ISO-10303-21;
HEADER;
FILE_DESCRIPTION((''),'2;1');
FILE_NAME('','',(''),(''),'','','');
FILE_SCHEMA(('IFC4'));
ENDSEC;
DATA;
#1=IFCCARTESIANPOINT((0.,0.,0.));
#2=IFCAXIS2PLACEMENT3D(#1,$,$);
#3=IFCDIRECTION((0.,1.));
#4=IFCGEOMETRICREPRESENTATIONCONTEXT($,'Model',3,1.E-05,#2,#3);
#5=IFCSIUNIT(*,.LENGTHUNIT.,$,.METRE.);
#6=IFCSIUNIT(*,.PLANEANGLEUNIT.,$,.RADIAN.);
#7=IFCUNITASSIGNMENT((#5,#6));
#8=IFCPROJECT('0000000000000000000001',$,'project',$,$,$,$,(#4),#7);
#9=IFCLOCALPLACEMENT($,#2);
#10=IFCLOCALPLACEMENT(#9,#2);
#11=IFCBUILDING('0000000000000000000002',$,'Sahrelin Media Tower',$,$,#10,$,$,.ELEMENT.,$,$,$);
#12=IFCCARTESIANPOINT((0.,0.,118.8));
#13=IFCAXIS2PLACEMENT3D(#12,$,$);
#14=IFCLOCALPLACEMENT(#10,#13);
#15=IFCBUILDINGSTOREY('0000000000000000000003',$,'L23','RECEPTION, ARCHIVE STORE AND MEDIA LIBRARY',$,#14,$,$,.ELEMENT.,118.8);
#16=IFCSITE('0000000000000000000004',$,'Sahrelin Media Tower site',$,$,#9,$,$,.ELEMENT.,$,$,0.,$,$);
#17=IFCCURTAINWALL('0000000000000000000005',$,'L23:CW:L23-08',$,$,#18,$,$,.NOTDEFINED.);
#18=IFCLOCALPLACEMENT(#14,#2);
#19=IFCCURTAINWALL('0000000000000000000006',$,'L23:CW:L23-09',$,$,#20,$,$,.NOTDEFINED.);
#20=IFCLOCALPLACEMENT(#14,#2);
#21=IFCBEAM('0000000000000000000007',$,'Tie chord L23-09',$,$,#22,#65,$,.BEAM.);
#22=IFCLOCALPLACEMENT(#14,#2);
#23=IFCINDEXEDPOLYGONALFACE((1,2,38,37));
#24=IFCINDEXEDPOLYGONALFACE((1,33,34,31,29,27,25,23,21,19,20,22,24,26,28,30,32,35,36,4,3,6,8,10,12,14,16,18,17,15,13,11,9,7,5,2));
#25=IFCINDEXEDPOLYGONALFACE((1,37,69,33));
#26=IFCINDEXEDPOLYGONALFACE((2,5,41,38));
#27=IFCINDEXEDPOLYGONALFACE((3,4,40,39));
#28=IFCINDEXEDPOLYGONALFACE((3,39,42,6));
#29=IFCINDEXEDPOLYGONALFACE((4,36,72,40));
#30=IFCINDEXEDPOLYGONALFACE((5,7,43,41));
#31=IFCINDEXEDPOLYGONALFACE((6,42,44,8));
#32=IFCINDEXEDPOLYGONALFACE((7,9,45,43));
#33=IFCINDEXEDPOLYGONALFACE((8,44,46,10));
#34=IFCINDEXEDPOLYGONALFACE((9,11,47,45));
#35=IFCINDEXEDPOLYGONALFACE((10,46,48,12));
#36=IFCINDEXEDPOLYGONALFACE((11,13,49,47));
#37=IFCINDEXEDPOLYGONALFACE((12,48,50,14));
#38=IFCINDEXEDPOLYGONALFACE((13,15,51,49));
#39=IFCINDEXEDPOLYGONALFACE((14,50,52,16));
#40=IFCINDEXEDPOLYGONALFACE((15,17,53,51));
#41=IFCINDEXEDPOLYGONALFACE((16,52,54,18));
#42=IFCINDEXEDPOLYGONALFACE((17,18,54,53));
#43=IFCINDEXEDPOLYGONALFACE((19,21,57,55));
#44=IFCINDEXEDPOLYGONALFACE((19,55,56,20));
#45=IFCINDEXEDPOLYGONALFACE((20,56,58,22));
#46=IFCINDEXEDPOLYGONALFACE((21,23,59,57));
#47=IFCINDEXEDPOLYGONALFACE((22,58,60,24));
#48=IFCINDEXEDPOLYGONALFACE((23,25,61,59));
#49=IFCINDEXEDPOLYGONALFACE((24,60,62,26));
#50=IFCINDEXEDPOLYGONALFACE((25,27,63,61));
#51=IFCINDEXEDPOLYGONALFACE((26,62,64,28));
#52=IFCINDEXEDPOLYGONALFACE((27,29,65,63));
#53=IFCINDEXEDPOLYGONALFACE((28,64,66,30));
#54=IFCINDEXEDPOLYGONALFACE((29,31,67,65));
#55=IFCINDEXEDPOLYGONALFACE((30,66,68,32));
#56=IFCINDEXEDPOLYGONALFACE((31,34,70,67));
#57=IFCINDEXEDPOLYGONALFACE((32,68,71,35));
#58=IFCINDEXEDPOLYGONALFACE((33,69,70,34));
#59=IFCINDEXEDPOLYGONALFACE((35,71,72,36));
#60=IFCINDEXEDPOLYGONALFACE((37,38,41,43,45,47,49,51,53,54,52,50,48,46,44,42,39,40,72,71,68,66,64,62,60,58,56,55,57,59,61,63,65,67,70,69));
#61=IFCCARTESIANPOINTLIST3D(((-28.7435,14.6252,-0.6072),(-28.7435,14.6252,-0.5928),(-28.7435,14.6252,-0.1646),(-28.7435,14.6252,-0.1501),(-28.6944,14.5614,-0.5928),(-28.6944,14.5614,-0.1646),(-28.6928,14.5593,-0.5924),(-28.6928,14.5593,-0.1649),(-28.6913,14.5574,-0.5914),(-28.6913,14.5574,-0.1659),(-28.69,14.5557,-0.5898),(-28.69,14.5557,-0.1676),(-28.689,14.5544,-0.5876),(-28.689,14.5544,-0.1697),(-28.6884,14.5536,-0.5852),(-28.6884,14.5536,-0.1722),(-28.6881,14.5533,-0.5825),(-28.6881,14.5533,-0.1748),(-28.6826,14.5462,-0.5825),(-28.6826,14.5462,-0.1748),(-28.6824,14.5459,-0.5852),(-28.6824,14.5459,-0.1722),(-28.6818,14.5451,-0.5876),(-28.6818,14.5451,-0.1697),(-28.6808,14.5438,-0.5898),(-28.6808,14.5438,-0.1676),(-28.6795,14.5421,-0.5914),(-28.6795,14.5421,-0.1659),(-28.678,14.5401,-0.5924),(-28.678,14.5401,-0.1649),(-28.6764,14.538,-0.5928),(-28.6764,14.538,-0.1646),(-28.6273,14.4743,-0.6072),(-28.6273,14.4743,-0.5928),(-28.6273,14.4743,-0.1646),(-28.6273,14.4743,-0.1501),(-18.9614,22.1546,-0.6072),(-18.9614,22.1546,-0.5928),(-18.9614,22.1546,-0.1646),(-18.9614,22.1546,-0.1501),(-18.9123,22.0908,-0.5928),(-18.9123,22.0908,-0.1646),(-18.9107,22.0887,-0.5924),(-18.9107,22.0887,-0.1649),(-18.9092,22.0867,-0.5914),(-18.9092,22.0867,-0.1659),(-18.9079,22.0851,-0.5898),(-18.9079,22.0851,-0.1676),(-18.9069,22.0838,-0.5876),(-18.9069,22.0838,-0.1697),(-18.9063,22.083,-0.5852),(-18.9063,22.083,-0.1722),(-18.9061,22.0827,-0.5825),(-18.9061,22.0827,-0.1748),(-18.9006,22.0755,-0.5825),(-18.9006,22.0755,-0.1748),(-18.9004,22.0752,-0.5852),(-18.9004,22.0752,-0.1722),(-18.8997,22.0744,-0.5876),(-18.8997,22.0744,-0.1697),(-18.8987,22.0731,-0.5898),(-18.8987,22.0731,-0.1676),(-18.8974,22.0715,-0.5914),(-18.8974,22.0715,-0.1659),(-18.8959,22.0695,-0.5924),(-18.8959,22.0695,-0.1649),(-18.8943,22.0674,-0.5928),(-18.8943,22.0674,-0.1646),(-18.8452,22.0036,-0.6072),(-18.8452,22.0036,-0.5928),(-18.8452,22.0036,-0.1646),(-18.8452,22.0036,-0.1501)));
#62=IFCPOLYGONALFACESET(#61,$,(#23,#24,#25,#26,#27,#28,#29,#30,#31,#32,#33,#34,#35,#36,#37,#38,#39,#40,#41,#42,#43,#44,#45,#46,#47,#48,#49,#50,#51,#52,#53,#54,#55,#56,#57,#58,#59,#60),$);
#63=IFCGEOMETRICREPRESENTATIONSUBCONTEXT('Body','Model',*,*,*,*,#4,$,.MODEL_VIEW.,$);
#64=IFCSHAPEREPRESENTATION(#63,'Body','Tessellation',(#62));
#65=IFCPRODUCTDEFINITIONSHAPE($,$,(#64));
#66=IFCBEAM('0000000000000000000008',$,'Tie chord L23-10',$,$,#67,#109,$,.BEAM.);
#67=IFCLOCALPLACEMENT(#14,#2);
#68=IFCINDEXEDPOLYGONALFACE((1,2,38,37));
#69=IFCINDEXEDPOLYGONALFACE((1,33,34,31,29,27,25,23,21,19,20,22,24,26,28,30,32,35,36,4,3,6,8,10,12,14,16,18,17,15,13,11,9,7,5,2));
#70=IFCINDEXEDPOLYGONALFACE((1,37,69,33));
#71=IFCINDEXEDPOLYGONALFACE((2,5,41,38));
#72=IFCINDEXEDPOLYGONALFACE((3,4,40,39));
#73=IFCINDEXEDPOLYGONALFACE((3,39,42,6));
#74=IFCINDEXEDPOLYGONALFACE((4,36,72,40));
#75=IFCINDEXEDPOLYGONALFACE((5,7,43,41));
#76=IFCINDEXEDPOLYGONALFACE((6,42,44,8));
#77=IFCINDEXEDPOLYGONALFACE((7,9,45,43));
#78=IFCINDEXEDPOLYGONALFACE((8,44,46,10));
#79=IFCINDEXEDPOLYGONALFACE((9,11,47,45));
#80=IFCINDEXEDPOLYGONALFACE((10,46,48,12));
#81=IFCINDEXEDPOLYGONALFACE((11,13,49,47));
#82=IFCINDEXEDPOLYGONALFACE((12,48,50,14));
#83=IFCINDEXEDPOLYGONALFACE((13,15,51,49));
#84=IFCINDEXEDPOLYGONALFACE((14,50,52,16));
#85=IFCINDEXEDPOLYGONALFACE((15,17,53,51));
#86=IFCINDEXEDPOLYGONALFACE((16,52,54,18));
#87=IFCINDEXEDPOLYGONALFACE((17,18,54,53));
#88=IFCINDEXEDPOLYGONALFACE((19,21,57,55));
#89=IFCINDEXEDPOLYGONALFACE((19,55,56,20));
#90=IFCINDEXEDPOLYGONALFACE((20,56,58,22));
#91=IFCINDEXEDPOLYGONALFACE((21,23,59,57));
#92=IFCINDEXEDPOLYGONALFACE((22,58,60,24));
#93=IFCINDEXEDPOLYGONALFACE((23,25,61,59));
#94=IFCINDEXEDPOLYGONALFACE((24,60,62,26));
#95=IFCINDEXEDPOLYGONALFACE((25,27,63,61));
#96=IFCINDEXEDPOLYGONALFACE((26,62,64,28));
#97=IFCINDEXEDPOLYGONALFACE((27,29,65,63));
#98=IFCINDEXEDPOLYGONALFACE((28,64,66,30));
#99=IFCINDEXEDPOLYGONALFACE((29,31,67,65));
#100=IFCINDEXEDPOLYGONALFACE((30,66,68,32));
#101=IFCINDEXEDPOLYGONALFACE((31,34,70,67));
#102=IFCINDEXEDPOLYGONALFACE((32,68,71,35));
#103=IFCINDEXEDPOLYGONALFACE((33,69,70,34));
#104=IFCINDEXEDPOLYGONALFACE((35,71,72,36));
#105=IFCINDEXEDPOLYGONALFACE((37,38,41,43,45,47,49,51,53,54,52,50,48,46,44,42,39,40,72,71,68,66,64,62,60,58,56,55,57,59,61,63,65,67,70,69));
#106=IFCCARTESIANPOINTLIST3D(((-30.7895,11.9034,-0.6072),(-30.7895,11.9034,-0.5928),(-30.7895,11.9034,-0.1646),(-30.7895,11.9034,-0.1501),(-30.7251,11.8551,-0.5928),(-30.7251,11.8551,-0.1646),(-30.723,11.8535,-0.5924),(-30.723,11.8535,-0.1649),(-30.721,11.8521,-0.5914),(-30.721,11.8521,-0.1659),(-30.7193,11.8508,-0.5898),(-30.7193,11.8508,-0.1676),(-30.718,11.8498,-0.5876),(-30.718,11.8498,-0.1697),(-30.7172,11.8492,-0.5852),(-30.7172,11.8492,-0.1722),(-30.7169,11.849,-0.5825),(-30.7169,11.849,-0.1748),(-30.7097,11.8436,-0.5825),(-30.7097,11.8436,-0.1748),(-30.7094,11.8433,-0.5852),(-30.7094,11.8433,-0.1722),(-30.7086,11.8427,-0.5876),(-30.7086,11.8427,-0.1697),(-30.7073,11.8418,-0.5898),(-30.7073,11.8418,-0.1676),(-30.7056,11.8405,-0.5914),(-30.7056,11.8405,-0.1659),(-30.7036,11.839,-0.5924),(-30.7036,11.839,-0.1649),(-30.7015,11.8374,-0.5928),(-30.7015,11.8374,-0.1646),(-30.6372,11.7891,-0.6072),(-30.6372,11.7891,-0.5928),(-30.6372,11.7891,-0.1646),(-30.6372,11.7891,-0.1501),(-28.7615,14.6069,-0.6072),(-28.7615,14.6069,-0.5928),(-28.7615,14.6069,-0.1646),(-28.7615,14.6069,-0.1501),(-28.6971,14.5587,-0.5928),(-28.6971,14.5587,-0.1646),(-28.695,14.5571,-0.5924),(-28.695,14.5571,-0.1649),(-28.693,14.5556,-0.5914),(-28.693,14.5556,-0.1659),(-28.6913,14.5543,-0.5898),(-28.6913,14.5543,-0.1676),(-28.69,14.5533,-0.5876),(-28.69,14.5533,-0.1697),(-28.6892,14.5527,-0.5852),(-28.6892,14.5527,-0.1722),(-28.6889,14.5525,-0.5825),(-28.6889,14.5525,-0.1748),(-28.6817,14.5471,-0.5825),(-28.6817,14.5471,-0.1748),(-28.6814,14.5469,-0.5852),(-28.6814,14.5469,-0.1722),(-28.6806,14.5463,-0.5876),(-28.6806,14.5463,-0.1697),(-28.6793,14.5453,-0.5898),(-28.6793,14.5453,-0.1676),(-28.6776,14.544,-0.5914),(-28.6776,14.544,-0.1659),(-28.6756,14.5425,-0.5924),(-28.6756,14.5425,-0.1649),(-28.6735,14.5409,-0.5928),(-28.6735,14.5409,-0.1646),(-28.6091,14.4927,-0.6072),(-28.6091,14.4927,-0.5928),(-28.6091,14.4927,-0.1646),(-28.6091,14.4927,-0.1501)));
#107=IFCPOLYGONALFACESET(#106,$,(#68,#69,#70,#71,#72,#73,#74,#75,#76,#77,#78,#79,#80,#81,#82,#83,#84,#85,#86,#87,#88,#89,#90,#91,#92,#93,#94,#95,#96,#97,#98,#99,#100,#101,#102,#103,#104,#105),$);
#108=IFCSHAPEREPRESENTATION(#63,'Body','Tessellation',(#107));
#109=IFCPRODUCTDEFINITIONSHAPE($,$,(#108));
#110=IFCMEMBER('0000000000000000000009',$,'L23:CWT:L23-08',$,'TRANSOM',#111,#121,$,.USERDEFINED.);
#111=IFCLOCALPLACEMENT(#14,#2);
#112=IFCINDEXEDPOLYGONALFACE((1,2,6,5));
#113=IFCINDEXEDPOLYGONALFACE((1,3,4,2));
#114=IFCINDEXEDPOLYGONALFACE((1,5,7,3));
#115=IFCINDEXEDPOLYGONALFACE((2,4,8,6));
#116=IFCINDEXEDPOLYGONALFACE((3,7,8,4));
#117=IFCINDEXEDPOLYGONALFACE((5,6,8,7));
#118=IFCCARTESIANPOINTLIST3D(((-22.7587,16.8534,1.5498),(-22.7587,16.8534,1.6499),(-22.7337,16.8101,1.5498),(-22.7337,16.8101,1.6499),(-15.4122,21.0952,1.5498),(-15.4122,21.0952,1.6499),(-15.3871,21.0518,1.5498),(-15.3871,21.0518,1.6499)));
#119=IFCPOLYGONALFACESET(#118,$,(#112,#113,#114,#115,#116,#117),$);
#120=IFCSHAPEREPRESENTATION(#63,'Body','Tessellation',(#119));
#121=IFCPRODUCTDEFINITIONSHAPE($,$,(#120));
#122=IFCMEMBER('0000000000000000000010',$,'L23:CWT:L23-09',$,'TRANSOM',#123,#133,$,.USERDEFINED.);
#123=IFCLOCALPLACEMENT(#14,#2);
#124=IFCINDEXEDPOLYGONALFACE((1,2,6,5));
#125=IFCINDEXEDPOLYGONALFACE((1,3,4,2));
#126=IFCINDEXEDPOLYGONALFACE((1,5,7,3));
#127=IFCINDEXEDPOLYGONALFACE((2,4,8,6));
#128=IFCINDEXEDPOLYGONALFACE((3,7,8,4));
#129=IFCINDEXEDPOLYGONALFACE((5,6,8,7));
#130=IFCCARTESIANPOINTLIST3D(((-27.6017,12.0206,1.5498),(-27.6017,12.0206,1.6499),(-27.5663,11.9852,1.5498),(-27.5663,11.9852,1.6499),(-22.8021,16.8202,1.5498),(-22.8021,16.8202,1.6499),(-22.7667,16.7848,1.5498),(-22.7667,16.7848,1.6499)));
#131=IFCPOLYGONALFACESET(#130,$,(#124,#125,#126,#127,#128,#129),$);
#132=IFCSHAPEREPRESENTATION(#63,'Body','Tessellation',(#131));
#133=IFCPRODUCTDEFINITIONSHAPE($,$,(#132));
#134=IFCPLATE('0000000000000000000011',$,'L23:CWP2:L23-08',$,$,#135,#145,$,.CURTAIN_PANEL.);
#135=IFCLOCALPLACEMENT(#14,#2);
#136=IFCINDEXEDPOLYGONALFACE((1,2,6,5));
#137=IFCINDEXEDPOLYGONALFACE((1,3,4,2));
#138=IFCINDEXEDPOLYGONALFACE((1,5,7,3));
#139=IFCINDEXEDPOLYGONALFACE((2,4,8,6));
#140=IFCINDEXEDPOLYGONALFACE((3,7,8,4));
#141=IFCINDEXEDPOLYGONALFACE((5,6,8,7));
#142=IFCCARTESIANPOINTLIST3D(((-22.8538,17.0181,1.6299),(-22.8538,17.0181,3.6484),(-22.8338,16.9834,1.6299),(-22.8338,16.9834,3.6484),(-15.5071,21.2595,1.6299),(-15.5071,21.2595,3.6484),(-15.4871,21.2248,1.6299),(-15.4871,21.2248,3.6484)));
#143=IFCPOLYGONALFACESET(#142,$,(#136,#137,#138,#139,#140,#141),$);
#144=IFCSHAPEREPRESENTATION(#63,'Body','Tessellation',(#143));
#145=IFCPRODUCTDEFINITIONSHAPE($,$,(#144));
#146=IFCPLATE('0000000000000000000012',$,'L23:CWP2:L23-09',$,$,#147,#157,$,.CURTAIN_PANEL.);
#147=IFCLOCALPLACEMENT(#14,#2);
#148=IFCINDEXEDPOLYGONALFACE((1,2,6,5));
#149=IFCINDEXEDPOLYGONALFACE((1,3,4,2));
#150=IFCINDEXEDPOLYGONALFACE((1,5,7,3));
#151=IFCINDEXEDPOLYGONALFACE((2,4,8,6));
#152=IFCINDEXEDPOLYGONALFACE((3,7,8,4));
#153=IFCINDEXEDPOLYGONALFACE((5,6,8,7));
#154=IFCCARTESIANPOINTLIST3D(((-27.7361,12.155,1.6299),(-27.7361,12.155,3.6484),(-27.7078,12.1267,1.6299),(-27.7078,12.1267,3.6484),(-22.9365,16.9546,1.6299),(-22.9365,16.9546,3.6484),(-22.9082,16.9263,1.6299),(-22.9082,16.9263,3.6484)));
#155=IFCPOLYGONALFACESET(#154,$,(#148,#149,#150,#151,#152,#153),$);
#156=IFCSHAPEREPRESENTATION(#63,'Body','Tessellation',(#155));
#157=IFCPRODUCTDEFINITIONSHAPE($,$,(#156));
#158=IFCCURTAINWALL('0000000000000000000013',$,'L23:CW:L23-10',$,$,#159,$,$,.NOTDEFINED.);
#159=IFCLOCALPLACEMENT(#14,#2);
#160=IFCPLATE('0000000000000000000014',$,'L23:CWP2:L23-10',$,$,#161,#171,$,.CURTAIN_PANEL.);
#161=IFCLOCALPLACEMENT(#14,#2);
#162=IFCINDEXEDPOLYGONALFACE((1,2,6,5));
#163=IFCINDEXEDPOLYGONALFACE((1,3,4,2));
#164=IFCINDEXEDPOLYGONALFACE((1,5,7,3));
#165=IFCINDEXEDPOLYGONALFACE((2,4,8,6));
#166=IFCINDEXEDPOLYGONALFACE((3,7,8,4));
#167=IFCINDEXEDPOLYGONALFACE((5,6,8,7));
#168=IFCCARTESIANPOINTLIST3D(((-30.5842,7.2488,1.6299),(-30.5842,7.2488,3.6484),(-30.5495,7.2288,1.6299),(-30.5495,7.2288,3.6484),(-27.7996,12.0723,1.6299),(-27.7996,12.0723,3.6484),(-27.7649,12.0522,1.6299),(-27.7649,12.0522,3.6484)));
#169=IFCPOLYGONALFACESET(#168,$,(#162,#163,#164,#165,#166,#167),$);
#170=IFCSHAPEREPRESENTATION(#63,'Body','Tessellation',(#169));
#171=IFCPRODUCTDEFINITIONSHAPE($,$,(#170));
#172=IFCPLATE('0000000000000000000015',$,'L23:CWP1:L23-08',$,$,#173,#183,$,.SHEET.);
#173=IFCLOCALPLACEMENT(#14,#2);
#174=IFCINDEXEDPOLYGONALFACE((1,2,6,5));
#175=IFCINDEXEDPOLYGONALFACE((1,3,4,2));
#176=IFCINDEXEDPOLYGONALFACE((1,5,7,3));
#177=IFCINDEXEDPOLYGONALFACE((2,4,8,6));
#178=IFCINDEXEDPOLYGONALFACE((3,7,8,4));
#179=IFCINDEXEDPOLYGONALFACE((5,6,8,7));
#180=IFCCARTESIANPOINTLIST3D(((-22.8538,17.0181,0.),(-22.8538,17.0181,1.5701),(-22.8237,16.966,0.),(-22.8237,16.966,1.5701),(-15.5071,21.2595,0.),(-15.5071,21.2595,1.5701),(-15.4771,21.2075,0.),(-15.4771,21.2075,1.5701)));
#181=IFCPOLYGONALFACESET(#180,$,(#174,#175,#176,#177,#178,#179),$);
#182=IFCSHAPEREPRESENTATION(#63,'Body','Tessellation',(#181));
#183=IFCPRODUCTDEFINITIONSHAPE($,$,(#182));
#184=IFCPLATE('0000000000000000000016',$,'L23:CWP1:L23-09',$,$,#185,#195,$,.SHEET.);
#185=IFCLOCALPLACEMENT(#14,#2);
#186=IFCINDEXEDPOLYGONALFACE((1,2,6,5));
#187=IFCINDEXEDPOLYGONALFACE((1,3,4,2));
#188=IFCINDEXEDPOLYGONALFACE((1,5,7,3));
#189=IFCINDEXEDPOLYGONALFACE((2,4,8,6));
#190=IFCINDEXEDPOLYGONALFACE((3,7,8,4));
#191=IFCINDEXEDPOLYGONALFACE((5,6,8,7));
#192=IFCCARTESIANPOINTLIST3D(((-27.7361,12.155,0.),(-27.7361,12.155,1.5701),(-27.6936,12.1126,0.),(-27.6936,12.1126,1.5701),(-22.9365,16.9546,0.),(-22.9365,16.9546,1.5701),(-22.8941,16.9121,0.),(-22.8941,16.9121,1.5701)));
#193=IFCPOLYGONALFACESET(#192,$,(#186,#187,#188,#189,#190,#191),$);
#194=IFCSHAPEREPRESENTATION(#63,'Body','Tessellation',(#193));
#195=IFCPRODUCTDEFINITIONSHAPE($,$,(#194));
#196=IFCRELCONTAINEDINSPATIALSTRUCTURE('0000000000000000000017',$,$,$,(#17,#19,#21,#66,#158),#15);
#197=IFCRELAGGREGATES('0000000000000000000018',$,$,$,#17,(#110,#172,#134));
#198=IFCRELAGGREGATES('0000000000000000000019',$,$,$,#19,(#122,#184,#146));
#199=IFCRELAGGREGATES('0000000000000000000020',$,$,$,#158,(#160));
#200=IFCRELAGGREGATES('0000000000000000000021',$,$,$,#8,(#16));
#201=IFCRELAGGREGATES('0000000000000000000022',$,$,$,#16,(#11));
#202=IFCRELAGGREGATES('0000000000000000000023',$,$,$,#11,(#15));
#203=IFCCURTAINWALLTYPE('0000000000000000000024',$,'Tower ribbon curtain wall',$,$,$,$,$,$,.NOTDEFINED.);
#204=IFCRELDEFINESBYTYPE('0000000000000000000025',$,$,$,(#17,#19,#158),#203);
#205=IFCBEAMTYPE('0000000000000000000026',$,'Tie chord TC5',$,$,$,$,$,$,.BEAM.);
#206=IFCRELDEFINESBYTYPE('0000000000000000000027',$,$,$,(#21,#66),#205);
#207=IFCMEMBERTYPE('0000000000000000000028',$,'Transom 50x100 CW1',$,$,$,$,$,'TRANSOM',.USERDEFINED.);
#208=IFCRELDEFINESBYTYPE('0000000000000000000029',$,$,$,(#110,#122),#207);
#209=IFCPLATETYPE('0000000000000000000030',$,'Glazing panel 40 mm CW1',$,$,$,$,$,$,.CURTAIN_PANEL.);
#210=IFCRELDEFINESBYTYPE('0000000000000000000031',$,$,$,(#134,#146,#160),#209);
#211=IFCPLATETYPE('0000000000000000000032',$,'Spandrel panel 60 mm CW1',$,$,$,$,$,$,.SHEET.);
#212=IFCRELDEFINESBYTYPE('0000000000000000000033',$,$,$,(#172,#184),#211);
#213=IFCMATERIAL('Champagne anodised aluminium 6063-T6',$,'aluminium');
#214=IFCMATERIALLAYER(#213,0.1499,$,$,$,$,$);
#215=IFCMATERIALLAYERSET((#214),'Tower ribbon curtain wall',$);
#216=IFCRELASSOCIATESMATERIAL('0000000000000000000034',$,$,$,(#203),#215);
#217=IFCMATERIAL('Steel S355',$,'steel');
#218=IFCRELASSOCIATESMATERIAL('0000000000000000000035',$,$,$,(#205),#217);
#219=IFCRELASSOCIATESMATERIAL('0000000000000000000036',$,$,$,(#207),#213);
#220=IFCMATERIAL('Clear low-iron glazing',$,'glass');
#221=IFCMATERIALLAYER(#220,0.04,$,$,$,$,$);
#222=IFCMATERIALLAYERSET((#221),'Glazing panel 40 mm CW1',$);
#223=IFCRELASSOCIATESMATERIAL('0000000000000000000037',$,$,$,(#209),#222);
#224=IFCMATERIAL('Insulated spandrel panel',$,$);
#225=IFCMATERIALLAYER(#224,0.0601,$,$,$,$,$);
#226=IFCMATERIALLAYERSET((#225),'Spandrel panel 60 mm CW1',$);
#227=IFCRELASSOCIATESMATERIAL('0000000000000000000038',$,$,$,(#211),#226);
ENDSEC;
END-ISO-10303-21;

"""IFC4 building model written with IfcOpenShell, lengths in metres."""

from ifc_helpers import new_model, si_unit, direction, frame, origin, origin_2d, place, context, subcontext, project, spatial, polyline, rectangle, i_section, outline, extrude, material, layer, layer_set, material_profile, profile_set, type_object, element, aggregate, save


model = new_model("IFC4")

# Units and contexts
model_context = context("Model", 3, precision=1e-05, world=origin(), true_north=direction((0.0, 1.0)))
body_context = subcontext(model_context, "Body", "Model", "MODEL_VIEW")
ifc_project = project(units=[si_unit("LENGTHUNIT", "METRE"), si_unit("PLANEANGLEUNIT", "RADIAN")], contexts=[model_context])

# Site, building, storey
site_placement = place(None, origin())
site = spatial("IfcSite", under=ifc_project, at=site_placement, Name="Sahrelin Media Tower site", CompositionType="ELEMENT", RefElevation=0.0)
building_placement = place(site_placement, origin())
building = spatial("IfcBuilding", under=site, at=building_placement, Name="Sahrelin Media Tower", CompositionType="ELEMENT")
storey_placement = place(building_placement, frame((0.0, 0.0, 118.8)))
storey = spatial("IfcBuildingStorey", under=building, at=storey_placement, Name="L23", Description="RECEPTION, ARCHIVE STORE AND MEDIA LIBRARY", CompositionType="ELEMENT", Elevation=118.8)

# Shared definitions
ifc_material_1 = material(Name="Steel S355", Category="steel")

# Curtain walls
ifc_material_2 = material(Name="Champagne anodised aluminium 6063-T6", Category="aluminium")
ifc_layer_1 = layer(ifc_material_2, 0.1499)
ifc_layer_set_1 = layer_set([ifc_layer_1], Name="Tower ribbon curtain wall")
curtain_wall_type = type_object("IfcCurtainWallType", Name="Tower ribbon curtain wall", PredefinedType="NOTDEFINED", material=ifc_layer_set_1)
curtain_wall_1_placement = place(storey_placement, frame((-19.1704, 19.1216, 0.0), z_axis=(0.0, 0.0, 1.0), x_axis=(1.0, 0.0, 0.0)))
curtain_wall_1 = element("IfcCurtainWall", 1, at=curtain_wall_1_placement, inside=storey, type_object=curtain_wall_type, Name="L23:CW:L23-08", PredefinedType="NOTDEFINED")
curtain_wall_2_placement = place(storey_placement, frame((-25.322, 14.5405, 0.0), z_axis=(0.0, 0.0, 1.0), x_axis=(1.0, 0.0, 0.0)))
curtain_wall_2 = element("IfcCurtainWall", 2, at=curtain_wall_2_placement, inside=storey, type_object=curtain_wall_type, Name="L23:CW:L23-09", PredefinedType="NOTDEFINED")

# Beams
ifc_material_profile_1 = material_profile(ifc_material_1, i_section(OverallWidth=0.1904, OverallDepth=0.457, WebThickness=0.009, FlangeThickness=0.0144, FilletRadius=0.0103, at=origin_2d()), Name="UB 457x191x74")
ifc_profile_set_1 = profile_set([ifc_material_profile_1], Name="Steel S355")
beam_type_1 = type_object("IfcBeamType", Name="Tie chord TC5", PredefinedType="BEAM", material=ifc_profile_set_1)
beam_1_placement = place(storey_placement, frame((-18.9033, 22.0791, -0.3787), z_axis=(-0.79244, -0.60995, 0.0), x_axis=(0.60995, -0.79244, 0.0)))
element("IfcBeam", 3, at=beam_1_placement, inside=storey, type_object=beam_type_1, Name="Tie chord L23-09", PredefinedType="BEAM", context=body_context, shape_type="SweptSolid", body=[
    extrude(i_section(OverallWidth=0.1904, OverallDepth=0.457, WebThickness=0.009, FlangeThickness=0.0144, FilletRadius=0.0103, at=origin_2d()), origin(), (0.0, 0.0, 1.0), 12.3442),
])
beam_2_placement = place(storey_placement, frame((-28.6853, 14.5498, -0.3787), z_axis=(-0.600069, -0.799948, 0.0), x_axis=(0.799948, -0.600069, 0.0)))
element("IfcBeam", 4, at=beam_2_placement, inside=storey, type_object=beam_type_1, Name="Tie chord L23-10", PredefinedType="BEAM", context=body_context, shape_type="SweptSolid", body=[
    extrude(i_section(OverallWidth=0.1904, OverallDepth=0.457, WebThickness=0.009, FlangeThickness=0.0144, FilletRadius=0.0103, at=origin_2d()), origin(), (0.0, 0.0, 1.0), 3.3796),
])

# Members
ifc_material_profile_2 = material_profile(ifc_material_2, rectangle(XDim=0.05, YDim=0.1001, at=origin_2d()), Name="Transom 50x100")
ifc_profile_set_2 = profile_set([ifc_material_profile_2], Name="Champagne anodised aluminium 6063-T6")
member_type_1 = type_object("IfcMemberType", Name="Transom 50x100 CW1", ElementType="TRANSOM", PredefinedType="USERDEFINED", material=ifc_profile_set_2)
member_1_placement = place(storey_placement, frame((-15.3997, 21.0735, 1.5999), z_axis=(-0.866014, -0.500021, 0.0), x_axis=(0.500021, -0.866014, 0.0)))
member_1 = element("IfcMember", 5, at=member_1_placement, type_object=member_type_1, Name="L23:CWT:L23-08", ObjectType="TRANSOM", PredefinedType="USERDEFINED", context=body_context, shape_type="SweptSolid", body=[
    extrude(rectangle(XDim=0.05, YDim=0.1001, at=origin_2d()), origin(), (0.0, 0.0, 1.0), 8.4832),
])
member_2_placement = place(storey_placement, frame((-22.7844, 16.8025, 1.5999), z_axis=(-0.707107, -0.707107, 0.0), x_axis=(0.707107, -0.707107, 0.0)))
member_2 = element("IfcMember", 6, at=member_2_placement, type_object=member_type_1, Name="L23:CWT:L23-09", ObjectType="TRANSOM", PredefinedType="USERDEFINED", context=body_context, shape_type="SweptSolid", body=[
    extrude(rectangle(XDim=0.05, YDim=0.1001, at=origin_2d()), origin(), (0.0, 0.0, 1.0), 6.7876),
])

# Plates
ifc_material_3 = material(Name="Clear low-iron glazing", Category="glass")
ifc_layer_2 = layer(ifc_material_3, 0.04)
ifc_layer_set_2 = layer_set([ifc_layer_2], Name="Glazing panel 40 mm CW1")
plate_type_1 = type_object("IfcPlateType", Name="Glazing panel 40 mm CW1", PredefinedType="CURTAIN_PANEL", material=ifc_layer_set_2)
plate_1_placement = place(storey_placement, frame((-15.5071, 21.2595, 1.6299), z_axis=(-0.499987, 0.866033, 0.0), x_axis=(-0.866033, -0.499987, 0.0)))
plate_1 = element("IfcPlate", 7, at=plate_1_placement, type_object=plate_type_1, Name="L23:CWP2:L23-08", PredefinedType="CURTAIN_PANEL", context=body_context, shape_type="SweptSolid", body=[
    extrude(outline(polyline([(0.0, 0.0), (8.4832, 0.0), (8.4832, 2.0186), (0.0, 2.0186), (0.0, 0.0)])), origin(), (0.0, 0.0, -1.0), 0.04),
])
plate_2_placement = place(storey_placement, frame((-22.9365, 16.9546, 1.6299), z_axis=(-0.707107, 0.707107, 0.0), x_axis=(-0.707107, -0.707107, 0.0)))
plate_2 = element("IfcPlate", 8, at=plate_2_placement, type_object=plate_type_1, Name="L23:CWP2:L23-09", PredefinedType="CURTAIN_PANEL", context=body_context, shape_type="SweptSolid", body=[
    extrude(outline(polyline([(0.0, 0.0), (6.7876, 0.0), (6.7876, 2.0186), (0.0, 2.0186), (0.0, 0.0)])), origin(), (0.0, 0.0, -1.0), 0.04),
])

# Curtain wall, plate
curtain_wall_3_placement = place(storey_placement, frame((-29.1746, 9.6504, 0.0), z_axis=(0.0, 0.0, 1.0), x_axis=(1.0, 0.0, 0.0)))
curtain_wall_3 = element("IfcCurtainWall", 9, at=curtain_wall_3_placement, inside=storey, type_object=curtain_wall_type, Name="L23:CW:L23-10", PredefinedType="NOTDEFINED")
plate_3_placement = place(storey_placement, frame((-27.7996, 12.0723, 1.6299), z_axis=(-0.866039, 0.499977, 0.0), x_axis=(-0.499977, -0.866039, 0.0)))
plate_3 = element("IfcPlate", 10, at=plate_3_placement, type_object=plate_type_1, Name="L23:CWP2:L23-10", PredefinedType="CURTAIN_PANEL", context=body_context, shape_type="SweptSolid", body=[
    extrude(outline(polyline([(0.0, 0.0), (5.5696, 0.0), (5.5696, 2.0186), (0.0, 2.0186), (0.0, 0.0)])), origin(), (0.0, 0.0, -1.0), 0.04),
])

# Plates
ifc_material_4 = material(Name="Insulated spandrel panel")
ifc_layer_3 = layer(ifc_material_4, 0.0601)
ifc_layer_set_3 = layer_set([ifc_layer_3], Name="Spandrel panel 60 mm CW1")
plate_type_2 = type_object("IfcPlateType", Name="Spandrel panel 60 mm CW1", PredefinedType="SHEET", material=ifc_layer_set_3)
plate_4_placement = place(storey_placement, frame((-15.5071, 21.2595, 0.0), z_axis=(-0.499987, 0.866033, 0.0), x_axis=(-0.866033, -0.499987, 0.0)))
plate_4 = element("IfcPlate", 11, at=plate_4_placement, type_object=plate_type_2, Name="L23:CWP1:L23-08", PredefinedType="SHEET", context=body_context, shape_type="SweptSolid", body=[
    extrude(outline(polyline([(0.0, 0.0), (8.4832, 0.0), (8.4832, 1.5701), (0.0, 1.5701), (0.0, 0.0)])), origin(), (0.0, 0.0, -1.0), 0.0601),
])
aggregate(curtain_wall_1, [member_1, plate_4, plate_1])
plate_5_placement = place(storey_placement, frame((-22.9365, 16.9546, 0.0), z_axis=(-0.707107, 0.707107, 0.0), x_axis=(-0.707107, -0.707107, 0.0)))
plate_5 = element("IfcPlate", 12, at=plate_5_placement, type_object=plate_type_2, Name="L23:CWP1:L23-09", PredefinedType="SHEET", context=body_context, shape_type="SweptSolid", body=[
    extrude(outline(polyline([(0.0, 0.0), (6.7876, 0.0), (6.7876, 1.5701), (0.0, 1.5701), (0.0, 0.0)])), origin(), (0.0, 0.0, -1.0), 0.0601),
])
aggregate(curtain_wall_2, [member_2, plate_5, plate_2])
aggregate(curtain_wall_3, [plate_3])

save(model, "model.ifc")
